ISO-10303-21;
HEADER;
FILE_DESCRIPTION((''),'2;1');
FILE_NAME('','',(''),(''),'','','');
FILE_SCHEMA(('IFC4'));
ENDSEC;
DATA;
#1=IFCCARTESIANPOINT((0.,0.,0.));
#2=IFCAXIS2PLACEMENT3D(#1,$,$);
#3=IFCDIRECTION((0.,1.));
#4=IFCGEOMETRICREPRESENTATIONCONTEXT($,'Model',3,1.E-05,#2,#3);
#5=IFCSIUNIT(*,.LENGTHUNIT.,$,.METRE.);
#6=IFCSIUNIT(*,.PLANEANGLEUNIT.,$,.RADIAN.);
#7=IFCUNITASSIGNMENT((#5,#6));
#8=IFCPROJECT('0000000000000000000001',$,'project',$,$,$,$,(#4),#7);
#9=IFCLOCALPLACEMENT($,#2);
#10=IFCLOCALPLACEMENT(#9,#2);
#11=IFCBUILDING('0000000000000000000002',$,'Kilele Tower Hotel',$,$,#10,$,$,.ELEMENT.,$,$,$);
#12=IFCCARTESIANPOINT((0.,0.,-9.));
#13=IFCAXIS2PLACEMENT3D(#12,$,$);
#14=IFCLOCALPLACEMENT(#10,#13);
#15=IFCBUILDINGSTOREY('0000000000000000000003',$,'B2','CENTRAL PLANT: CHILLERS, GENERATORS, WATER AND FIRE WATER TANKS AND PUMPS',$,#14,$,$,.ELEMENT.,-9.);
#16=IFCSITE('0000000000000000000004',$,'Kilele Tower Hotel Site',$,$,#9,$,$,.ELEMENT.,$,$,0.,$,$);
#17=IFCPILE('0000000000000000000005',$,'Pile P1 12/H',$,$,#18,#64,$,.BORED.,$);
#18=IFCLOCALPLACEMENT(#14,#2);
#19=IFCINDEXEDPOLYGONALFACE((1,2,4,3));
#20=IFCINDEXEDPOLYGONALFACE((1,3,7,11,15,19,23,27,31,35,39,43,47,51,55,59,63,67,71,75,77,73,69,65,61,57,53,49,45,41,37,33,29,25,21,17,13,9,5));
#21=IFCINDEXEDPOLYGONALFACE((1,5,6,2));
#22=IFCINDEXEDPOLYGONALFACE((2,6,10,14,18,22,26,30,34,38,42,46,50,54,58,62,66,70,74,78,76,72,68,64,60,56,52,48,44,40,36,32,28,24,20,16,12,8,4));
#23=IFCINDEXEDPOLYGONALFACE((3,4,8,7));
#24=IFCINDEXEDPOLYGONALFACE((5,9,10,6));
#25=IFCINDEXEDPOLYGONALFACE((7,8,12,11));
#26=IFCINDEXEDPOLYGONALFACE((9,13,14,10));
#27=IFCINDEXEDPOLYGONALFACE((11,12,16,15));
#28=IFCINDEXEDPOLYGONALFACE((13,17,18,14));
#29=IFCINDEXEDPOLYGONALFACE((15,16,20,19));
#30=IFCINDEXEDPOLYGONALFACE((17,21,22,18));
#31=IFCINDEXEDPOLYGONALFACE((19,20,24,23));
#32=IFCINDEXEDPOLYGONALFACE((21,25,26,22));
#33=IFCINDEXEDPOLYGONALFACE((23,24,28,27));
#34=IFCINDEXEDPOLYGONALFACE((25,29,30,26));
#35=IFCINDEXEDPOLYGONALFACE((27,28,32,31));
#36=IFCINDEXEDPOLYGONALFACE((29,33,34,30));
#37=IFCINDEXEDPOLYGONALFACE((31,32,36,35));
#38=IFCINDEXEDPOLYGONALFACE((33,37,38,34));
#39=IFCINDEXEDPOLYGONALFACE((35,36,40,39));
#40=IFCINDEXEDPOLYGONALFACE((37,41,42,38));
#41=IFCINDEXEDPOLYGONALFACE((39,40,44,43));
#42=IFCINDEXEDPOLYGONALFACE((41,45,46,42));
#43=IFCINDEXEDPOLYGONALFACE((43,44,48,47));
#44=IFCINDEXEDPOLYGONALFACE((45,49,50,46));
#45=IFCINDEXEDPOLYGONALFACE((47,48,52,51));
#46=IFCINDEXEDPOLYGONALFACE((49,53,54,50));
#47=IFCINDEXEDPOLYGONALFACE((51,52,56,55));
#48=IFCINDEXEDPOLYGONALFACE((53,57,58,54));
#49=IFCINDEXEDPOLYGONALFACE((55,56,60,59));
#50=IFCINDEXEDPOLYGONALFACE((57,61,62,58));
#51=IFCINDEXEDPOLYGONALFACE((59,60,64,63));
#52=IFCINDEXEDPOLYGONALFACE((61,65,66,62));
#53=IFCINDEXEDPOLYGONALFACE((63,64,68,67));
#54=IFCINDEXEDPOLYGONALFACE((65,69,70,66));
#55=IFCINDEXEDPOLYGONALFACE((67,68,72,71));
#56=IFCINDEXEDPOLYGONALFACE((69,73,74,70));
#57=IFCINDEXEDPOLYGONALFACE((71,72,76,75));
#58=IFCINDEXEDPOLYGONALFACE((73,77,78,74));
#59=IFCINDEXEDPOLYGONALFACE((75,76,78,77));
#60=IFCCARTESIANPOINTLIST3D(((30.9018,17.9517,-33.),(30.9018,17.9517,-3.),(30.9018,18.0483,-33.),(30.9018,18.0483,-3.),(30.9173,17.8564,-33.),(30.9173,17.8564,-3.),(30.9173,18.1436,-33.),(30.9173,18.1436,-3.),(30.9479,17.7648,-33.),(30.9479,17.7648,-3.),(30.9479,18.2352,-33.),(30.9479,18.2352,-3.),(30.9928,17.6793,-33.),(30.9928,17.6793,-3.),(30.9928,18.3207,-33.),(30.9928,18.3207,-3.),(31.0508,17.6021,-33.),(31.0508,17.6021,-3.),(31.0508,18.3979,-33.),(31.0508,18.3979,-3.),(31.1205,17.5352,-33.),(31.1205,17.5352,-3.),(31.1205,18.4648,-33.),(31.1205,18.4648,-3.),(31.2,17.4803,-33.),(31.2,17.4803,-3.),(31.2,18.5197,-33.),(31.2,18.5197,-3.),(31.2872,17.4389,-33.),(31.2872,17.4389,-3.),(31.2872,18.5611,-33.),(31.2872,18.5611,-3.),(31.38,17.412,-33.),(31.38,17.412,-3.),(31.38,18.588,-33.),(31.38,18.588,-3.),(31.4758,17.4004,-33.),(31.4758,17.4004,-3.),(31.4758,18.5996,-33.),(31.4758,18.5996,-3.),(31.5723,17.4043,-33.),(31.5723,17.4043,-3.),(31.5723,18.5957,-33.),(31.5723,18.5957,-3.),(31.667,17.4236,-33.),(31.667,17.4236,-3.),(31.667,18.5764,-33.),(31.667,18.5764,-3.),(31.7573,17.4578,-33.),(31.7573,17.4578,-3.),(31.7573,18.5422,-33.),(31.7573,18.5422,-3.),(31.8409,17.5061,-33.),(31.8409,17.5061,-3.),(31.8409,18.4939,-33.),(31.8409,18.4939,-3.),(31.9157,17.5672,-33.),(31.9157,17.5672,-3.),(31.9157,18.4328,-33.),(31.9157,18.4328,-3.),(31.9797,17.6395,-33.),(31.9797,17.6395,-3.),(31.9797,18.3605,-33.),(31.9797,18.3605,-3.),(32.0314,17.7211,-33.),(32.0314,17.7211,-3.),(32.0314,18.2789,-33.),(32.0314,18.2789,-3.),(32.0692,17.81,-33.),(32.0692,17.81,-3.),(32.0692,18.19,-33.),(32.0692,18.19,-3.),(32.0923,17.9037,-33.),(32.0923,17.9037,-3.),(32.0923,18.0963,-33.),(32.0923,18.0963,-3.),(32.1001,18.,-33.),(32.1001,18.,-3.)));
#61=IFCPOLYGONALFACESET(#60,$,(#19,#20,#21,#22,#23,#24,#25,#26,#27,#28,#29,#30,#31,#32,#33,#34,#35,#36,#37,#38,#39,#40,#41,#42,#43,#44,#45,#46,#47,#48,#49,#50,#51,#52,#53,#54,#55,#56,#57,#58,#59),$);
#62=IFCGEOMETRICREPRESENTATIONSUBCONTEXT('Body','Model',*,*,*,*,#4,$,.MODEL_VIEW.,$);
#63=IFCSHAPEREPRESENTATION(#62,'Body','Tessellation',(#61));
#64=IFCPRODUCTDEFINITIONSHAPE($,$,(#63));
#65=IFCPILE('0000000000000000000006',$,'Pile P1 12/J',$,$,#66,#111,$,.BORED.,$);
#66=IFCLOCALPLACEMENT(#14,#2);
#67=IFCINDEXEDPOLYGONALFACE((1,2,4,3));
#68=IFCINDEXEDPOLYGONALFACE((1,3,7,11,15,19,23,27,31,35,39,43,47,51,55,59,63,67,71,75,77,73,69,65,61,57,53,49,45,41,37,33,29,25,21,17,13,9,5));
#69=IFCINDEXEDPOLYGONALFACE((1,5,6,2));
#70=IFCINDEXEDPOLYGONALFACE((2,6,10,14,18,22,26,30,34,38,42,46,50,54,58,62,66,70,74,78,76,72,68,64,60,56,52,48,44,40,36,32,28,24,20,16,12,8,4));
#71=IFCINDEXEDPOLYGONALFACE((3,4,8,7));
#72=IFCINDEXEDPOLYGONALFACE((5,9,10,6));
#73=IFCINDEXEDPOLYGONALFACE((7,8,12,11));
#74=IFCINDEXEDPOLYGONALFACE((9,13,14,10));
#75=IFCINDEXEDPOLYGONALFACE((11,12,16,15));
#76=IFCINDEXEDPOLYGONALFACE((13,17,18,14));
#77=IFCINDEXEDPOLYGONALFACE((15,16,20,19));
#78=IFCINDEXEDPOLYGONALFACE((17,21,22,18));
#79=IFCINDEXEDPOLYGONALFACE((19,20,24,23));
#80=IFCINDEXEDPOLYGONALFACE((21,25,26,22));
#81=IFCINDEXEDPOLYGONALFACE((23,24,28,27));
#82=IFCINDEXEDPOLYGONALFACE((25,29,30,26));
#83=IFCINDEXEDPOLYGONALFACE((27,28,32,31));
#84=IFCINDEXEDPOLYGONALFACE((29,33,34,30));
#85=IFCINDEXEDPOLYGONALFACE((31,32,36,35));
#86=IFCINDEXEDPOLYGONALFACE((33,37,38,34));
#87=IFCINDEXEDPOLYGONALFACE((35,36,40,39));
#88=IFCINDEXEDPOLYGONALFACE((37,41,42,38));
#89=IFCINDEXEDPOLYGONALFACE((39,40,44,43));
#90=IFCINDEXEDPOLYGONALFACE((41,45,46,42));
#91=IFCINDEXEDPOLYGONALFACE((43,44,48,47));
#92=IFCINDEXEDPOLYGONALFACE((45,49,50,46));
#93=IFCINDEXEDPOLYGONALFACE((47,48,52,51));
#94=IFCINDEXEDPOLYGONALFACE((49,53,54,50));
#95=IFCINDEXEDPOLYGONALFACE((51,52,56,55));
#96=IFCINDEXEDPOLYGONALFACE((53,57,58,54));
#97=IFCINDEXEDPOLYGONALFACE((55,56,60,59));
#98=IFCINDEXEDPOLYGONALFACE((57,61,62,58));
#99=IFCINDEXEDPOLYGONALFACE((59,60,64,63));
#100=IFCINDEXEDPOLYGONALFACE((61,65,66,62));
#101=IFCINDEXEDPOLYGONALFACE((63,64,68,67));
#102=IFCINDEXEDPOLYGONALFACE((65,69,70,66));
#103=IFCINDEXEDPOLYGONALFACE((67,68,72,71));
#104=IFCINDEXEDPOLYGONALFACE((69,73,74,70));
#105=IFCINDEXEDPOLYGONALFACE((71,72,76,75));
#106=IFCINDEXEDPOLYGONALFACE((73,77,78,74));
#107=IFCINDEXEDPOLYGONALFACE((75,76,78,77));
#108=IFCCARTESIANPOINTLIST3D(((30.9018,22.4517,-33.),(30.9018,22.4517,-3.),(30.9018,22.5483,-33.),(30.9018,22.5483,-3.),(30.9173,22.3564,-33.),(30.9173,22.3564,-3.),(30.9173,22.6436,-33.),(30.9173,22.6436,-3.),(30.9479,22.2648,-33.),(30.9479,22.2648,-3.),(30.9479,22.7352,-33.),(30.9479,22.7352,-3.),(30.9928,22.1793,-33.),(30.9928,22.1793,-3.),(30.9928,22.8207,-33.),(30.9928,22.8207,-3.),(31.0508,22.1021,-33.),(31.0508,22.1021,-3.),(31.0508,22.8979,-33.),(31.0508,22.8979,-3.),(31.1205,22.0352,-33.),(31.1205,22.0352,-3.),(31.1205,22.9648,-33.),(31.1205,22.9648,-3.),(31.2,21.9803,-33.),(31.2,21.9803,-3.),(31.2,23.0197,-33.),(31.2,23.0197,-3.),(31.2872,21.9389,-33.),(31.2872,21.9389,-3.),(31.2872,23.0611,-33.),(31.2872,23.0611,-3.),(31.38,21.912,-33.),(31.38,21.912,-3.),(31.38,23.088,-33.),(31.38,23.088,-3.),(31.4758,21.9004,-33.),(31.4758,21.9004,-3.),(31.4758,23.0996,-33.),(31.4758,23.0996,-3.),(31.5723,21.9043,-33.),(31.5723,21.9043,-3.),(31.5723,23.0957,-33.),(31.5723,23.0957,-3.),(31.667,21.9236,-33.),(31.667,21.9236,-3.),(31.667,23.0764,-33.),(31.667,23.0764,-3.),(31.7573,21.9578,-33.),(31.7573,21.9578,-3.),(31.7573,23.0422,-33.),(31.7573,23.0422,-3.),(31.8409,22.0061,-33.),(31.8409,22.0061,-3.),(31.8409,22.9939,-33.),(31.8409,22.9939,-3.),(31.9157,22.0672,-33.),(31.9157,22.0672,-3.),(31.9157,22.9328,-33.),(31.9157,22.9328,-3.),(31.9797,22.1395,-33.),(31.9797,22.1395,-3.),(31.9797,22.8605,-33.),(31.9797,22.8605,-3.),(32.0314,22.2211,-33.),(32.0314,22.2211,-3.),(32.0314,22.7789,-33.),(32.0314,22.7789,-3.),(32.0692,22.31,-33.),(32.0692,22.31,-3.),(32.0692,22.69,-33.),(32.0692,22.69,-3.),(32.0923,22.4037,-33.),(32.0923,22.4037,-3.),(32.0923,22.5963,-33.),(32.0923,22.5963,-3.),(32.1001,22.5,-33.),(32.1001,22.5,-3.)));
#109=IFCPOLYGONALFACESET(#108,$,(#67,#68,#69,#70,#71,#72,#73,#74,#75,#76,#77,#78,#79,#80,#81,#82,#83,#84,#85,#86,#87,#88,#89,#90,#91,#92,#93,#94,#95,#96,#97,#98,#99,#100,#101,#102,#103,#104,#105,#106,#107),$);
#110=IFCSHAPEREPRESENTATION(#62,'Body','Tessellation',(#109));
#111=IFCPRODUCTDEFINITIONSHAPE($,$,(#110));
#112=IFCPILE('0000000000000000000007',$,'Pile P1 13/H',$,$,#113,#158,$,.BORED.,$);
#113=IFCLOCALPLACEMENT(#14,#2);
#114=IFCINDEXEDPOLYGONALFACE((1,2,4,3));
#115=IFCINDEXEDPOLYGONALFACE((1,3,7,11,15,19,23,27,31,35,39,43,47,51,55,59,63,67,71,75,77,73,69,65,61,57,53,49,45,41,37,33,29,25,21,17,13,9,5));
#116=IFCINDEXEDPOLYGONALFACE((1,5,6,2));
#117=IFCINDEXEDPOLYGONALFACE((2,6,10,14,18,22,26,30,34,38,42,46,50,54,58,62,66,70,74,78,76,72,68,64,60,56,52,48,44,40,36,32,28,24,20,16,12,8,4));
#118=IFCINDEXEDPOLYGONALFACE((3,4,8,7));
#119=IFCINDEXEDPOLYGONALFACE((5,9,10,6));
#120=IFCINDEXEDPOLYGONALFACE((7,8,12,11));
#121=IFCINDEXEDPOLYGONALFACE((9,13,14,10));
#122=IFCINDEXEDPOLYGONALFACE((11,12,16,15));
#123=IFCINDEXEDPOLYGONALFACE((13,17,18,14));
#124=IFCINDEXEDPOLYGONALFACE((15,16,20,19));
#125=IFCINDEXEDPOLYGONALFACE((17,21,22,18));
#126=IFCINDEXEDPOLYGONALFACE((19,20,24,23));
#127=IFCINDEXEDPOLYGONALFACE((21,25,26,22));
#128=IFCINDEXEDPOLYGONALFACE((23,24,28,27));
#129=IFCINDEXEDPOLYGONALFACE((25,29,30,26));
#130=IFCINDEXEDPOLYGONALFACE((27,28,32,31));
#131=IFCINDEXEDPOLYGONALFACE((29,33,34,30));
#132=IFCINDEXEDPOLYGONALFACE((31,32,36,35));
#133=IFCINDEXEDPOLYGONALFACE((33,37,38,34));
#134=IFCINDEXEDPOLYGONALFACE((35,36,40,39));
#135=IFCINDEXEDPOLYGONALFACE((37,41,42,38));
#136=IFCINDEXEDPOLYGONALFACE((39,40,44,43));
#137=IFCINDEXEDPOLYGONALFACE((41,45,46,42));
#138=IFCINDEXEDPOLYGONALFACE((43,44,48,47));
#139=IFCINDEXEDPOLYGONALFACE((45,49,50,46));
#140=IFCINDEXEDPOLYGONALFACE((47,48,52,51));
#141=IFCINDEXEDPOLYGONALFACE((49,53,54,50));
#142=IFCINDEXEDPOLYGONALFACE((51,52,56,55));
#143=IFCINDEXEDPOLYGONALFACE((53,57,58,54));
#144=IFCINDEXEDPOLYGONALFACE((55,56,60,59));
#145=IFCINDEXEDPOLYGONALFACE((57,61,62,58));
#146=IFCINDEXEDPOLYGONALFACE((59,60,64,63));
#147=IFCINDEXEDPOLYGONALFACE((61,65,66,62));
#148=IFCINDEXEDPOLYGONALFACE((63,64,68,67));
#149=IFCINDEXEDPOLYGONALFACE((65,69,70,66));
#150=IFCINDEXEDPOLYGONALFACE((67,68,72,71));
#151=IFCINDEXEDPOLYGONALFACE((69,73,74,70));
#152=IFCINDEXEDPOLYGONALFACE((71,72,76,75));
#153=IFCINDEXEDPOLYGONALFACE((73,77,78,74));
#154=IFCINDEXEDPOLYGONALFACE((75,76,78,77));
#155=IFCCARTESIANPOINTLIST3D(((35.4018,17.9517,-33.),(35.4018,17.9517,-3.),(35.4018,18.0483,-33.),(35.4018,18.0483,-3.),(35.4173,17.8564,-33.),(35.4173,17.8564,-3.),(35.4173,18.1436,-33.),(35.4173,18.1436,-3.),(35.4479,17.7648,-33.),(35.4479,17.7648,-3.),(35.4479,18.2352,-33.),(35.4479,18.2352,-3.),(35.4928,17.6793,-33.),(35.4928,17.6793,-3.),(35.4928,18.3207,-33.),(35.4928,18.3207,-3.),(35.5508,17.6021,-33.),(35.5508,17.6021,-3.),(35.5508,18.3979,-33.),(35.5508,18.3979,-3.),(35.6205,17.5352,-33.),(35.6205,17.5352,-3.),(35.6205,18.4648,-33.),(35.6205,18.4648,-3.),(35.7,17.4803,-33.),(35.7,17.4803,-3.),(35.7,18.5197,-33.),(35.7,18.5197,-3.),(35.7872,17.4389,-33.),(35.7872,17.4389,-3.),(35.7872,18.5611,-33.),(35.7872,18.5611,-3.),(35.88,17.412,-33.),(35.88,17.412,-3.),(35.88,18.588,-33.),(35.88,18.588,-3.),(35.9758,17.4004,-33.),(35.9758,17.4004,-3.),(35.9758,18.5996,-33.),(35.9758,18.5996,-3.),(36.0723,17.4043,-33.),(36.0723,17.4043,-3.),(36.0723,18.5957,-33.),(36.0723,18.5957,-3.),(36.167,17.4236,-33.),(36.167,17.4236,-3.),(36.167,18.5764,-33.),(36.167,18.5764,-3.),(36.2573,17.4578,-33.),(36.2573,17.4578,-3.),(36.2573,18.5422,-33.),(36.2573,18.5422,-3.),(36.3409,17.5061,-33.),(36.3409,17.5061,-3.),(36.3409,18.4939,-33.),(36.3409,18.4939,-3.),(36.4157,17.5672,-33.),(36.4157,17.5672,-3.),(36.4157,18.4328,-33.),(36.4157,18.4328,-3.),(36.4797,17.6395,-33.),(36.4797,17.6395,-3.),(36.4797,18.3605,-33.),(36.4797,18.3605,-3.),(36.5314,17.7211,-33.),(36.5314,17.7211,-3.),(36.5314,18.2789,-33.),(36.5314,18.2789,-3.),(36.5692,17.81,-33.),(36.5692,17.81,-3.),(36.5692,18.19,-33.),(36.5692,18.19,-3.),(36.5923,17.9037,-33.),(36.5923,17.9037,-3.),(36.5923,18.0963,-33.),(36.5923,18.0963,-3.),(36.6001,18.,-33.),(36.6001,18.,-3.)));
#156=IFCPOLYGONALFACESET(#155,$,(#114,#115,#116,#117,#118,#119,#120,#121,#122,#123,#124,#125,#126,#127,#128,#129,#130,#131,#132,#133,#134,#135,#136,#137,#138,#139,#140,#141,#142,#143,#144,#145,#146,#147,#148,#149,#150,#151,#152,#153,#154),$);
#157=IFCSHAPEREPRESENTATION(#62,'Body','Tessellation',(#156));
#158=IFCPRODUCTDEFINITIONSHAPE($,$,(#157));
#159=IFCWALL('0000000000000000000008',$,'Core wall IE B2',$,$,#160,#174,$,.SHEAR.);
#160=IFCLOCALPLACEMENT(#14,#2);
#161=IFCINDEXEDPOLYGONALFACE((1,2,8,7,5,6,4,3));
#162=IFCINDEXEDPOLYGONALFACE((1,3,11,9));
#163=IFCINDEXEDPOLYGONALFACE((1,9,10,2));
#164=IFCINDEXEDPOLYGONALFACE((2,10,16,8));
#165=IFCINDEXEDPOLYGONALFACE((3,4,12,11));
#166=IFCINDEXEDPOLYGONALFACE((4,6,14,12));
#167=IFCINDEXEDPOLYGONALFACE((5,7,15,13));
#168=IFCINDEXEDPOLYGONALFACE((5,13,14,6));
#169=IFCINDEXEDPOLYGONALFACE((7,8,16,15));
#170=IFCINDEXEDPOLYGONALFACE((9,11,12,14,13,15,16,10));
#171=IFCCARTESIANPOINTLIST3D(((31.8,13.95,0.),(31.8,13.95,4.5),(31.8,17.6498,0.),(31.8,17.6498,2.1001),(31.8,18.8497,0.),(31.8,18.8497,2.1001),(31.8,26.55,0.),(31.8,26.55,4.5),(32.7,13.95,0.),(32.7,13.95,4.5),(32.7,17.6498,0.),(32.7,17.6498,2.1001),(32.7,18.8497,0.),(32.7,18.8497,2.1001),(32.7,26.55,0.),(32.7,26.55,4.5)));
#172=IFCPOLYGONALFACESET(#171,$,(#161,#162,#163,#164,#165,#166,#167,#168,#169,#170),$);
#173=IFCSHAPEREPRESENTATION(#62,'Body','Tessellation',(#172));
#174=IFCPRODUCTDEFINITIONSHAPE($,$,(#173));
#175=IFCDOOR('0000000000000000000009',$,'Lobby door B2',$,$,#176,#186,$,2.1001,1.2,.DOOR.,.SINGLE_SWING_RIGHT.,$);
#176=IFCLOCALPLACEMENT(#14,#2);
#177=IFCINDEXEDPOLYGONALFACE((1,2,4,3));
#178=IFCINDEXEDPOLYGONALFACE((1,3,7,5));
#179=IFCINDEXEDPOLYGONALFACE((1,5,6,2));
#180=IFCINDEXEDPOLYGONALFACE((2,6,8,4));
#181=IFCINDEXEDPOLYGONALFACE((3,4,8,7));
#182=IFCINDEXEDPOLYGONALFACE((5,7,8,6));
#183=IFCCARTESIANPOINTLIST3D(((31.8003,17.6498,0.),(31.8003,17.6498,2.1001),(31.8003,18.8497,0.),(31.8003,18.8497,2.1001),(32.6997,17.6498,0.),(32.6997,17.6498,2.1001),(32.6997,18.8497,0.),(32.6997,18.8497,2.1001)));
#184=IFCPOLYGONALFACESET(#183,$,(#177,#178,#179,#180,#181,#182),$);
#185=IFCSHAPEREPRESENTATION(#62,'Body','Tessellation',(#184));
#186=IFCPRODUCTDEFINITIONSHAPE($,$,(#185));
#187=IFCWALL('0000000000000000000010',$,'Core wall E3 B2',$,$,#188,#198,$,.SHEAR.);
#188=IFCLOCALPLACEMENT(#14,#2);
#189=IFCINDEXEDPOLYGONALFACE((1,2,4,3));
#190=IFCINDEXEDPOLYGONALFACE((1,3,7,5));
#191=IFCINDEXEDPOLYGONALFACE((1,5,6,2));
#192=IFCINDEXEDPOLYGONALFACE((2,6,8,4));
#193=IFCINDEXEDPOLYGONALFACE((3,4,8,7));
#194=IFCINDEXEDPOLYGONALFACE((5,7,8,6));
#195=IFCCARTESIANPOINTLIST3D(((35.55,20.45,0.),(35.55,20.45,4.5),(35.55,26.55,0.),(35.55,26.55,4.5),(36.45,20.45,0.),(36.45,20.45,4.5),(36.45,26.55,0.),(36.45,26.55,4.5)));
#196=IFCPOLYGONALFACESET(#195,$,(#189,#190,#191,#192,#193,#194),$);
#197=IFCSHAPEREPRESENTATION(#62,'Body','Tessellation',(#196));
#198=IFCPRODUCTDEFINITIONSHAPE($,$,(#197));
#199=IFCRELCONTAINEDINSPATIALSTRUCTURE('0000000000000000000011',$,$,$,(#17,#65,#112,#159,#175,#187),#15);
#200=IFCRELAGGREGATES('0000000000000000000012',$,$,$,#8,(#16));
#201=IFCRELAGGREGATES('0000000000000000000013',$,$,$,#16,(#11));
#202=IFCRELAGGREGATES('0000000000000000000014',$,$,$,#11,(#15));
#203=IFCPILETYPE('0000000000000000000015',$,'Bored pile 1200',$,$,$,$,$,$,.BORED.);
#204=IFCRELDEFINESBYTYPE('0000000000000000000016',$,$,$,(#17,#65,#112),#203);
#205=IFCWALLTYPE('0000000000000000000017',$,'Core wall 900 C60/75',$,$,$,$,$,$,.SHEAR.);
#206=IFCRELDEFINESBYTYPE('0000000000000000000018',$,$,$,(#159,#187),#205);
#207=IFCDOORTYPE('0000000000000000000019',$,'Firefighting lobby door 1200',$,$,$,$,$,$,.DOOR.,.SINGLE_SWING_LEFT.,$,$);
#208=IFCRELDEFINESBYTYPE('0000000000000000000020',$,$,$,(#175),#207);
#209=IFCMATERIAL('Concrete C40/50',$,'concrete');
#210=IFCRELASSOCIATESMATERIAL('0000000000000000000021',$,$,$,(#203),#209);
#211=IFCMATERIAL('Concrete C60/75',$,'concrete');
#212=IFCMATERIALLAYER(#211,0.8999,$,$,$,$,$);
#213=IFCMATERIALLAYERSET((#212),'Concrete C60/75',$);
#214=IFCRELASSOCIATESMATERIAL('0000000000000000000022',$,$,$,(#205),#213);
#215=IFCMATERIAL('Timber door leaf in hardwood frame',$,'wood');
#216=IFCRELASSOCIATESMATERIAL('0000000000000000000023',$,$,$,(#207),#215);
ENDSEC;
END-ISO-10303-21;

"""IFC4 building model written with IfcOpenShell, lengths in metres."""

from ifc_helpers import new_model, si_unit, direction, frame, frame_2d, origin, origin_2d, place, context, subcontext, project, spatial, rectangle, circle, extrude, material, layer, layer_set, material_profile, profile_set, type_object, element, fill, save


model = new_model("IFC4")

# Units and contexts
model_context = context("Model", 3, precision=1e-05, world=origin(), true_north=direction((0.0, 1.0)))
body_context = subcontext(model_context, "Body", "Model", "MODEL_VIEW")
ifc_project = project(units=[si_unit("LENGTHUNIT", "METRE"), si_unit("PLANEANGLEUNIT", "RADIAN")], contexts=[model_context])

# Site, building, storey
site_placement = place(None, origin())
site = spatial("IfcSite", under=ifc_project, at=site_placement, Name="Kilele Tower Hotel Site", CompositionType="ELEMENT", RefElevation=0.0)
building_placement = place(site_placement, origin())
building = spatial("IfcBuilding", under=site, at=building_placement, Name="Kilele Tower Hotel", CompositionType="ELEMENT")
storey_placement = place(building_placement, frame((0.0, 0.0, -9.0)))
storey = spatial("IfcBuildingStorey", under=building, at=storey_placement, Name="B2", Description="CENTRAL PLANT: CHILLERS, GENERATORS, WATER AND FIRE WATER TANKS AND PUMPS", CompositionType="ELEMENT", Elevation=-9.0)

# Piles
ifc_material_1 = material(Name="Concrete C40/50", Category="concrete")
ifc_material_profile = material_profile(ifc_material_1, circle(Radius=0.6001, at=origin_2d()))
ifc_profile_set = profile_set([ifc_material_profile], Name="Concrete C40/50")
pile_type = type_object("IfcPileType", Name="Bored pile 1200", PredefinedType="BORED", material=ifc_profile_set)
for number, where, z_axis, x_axis, name in (
    (1, (31.5, 18.0, -3.0), (0.0, 0.0, -1.0), (1.0, 0.0, 0.0), "Pile P1 12/H"),
    (2, (31.5, 22.5, -3.0), (0.0, 0.0, -1.0), (1.0, 0.0, 0.0), "Pile P1 12/J"),
    (3, (36.0, 18.0, -3.0), (0.0, 0.0, -1.0), (1.0, 0.0, 0.0), "Pile P1 13/H"),
):
    element("IfcPile", number, at=place(storey_placement, frame(where, z_axis=z_axis, x_axis=x_axis)), inside=storey, type_object=pile_type, Name=name, PredefinedType="BORED", context=body_context, shape_type="SweptSolid", body=[
        extrude(circle(Radius=0.6001, at=origin_2d()), origin(), (0.0, 0.0, 1.0), 30.0),
    ])

# Wall, opening, door
ifc_material_2 = material(Name="Concrete C60/75", Category="concrete")
ifc_layer_1 = layer(ifc_material_2, 0.8999)
ifc_layer_set_1 = layer_set([ifc_layer_1], Name="Concrete C60/75")
wall_type_1 = type_object("IfcWallType", Name="Core wall 900 C60/75", PredefinedType="SHEAR", material=ifc_layer_set_1)
wall_1_placement = place(storey_placement, frame((32.25, 13.95, 0.0), z_axis=(0.0, 0.0, 1.0), x_axis=(0.0, 1.0, 0.0)))
wall_1 = element("IfcWall", 4, at=wall_1_placement, inside=storey, type_object=wall_type_1, Name="Core wall IE B2", PredefinedType="SHEAR", context=body_context, shape_type="SweptSolid", body=[
    extrude(rectangle(XDim=12.6001, YDim=0.8999, at=frame_2d((6.3, 0.0))), origin(), (0.0, 0.0, 1.0), 4.5),
])
opening_placement = place(wall_1_placement, frame((4.8999, 0.0, 0.0), z_axis=(0.0, 0.0, 1.0), x_axis=(-1.0, 0.0, 0.0)))
opening = element("IfcOpeningElement", 5, at=opening_placement, cuts=wall_1, PredefinedType="OPENING", context=body_context, shape_type="SweptSolid", body=[
    extrude(rectangle(XDim=1.2, YDim=2.1001, at=frame_2d((0.6001, 1.05))), frame((0.0, 0.46, 0.0), z_axis=(0.0, -1.0, 0.0), x_axis=(1.0, 0.0, 0.0)), (0.0, 0.0, 1.0), 0.9199),
])
ifc_material_3 = material(Name="Timber door leaf in hardwood frame", Category="wood")
door_type = type_object("IfcDoorType", Name="Firefighting lobby door 1200", OperationType="SINGLE_SWING_LEFT", PredefinedType="DOOR", material=ifc_material_3)
door_placement = place(opening_placement, origin())
door = element("IfcDoor", 6, at=door_placement, inside=storey, type_object=door_type, Name="Lobby door B2", OperationType="SINGLE_SWING_RIGHT", OverallHeight=2.1001, OverallWidth=1.2, PredefinedType="DOOR", context=body_context, shape_type="SweptSolid", body=[
    extrude(rectangle(XDim=1.2, YDim=2.1001, at=frame_2d((0.6001, 1.05))), frame((0.0, 0.4497, 0.0), z_axis=(0.0, -1.0, 0.0), x_axis=(1.0, 0.0, 0.0)), (0.0, 0.0, 1.0), 0.8994),
])
fill(opening, door)

# Wall
wall_2_placement = place(storey_placement, frame((36.0, 20.45, 0.0), z_axis=(0.0, 0.0, 1.0), x_axis=(0.0, 1.0, 0.0)))
element("IfcWall", 7, at=wall_2_placement, inside=storey, type_object=wall_type_1, Name="Core wall E3 B2", PredefinedType="SHEAR", context=body_context, shape_type="SweptSolid", body=[
    extrude(rectangle(XDim=6.1001, YDim=0.8999, at=frame_2d((3.05, 0.0))), origin(), (0.0, 0.0, 1.0), 4.5),
])

save(model, "model.ifc")
